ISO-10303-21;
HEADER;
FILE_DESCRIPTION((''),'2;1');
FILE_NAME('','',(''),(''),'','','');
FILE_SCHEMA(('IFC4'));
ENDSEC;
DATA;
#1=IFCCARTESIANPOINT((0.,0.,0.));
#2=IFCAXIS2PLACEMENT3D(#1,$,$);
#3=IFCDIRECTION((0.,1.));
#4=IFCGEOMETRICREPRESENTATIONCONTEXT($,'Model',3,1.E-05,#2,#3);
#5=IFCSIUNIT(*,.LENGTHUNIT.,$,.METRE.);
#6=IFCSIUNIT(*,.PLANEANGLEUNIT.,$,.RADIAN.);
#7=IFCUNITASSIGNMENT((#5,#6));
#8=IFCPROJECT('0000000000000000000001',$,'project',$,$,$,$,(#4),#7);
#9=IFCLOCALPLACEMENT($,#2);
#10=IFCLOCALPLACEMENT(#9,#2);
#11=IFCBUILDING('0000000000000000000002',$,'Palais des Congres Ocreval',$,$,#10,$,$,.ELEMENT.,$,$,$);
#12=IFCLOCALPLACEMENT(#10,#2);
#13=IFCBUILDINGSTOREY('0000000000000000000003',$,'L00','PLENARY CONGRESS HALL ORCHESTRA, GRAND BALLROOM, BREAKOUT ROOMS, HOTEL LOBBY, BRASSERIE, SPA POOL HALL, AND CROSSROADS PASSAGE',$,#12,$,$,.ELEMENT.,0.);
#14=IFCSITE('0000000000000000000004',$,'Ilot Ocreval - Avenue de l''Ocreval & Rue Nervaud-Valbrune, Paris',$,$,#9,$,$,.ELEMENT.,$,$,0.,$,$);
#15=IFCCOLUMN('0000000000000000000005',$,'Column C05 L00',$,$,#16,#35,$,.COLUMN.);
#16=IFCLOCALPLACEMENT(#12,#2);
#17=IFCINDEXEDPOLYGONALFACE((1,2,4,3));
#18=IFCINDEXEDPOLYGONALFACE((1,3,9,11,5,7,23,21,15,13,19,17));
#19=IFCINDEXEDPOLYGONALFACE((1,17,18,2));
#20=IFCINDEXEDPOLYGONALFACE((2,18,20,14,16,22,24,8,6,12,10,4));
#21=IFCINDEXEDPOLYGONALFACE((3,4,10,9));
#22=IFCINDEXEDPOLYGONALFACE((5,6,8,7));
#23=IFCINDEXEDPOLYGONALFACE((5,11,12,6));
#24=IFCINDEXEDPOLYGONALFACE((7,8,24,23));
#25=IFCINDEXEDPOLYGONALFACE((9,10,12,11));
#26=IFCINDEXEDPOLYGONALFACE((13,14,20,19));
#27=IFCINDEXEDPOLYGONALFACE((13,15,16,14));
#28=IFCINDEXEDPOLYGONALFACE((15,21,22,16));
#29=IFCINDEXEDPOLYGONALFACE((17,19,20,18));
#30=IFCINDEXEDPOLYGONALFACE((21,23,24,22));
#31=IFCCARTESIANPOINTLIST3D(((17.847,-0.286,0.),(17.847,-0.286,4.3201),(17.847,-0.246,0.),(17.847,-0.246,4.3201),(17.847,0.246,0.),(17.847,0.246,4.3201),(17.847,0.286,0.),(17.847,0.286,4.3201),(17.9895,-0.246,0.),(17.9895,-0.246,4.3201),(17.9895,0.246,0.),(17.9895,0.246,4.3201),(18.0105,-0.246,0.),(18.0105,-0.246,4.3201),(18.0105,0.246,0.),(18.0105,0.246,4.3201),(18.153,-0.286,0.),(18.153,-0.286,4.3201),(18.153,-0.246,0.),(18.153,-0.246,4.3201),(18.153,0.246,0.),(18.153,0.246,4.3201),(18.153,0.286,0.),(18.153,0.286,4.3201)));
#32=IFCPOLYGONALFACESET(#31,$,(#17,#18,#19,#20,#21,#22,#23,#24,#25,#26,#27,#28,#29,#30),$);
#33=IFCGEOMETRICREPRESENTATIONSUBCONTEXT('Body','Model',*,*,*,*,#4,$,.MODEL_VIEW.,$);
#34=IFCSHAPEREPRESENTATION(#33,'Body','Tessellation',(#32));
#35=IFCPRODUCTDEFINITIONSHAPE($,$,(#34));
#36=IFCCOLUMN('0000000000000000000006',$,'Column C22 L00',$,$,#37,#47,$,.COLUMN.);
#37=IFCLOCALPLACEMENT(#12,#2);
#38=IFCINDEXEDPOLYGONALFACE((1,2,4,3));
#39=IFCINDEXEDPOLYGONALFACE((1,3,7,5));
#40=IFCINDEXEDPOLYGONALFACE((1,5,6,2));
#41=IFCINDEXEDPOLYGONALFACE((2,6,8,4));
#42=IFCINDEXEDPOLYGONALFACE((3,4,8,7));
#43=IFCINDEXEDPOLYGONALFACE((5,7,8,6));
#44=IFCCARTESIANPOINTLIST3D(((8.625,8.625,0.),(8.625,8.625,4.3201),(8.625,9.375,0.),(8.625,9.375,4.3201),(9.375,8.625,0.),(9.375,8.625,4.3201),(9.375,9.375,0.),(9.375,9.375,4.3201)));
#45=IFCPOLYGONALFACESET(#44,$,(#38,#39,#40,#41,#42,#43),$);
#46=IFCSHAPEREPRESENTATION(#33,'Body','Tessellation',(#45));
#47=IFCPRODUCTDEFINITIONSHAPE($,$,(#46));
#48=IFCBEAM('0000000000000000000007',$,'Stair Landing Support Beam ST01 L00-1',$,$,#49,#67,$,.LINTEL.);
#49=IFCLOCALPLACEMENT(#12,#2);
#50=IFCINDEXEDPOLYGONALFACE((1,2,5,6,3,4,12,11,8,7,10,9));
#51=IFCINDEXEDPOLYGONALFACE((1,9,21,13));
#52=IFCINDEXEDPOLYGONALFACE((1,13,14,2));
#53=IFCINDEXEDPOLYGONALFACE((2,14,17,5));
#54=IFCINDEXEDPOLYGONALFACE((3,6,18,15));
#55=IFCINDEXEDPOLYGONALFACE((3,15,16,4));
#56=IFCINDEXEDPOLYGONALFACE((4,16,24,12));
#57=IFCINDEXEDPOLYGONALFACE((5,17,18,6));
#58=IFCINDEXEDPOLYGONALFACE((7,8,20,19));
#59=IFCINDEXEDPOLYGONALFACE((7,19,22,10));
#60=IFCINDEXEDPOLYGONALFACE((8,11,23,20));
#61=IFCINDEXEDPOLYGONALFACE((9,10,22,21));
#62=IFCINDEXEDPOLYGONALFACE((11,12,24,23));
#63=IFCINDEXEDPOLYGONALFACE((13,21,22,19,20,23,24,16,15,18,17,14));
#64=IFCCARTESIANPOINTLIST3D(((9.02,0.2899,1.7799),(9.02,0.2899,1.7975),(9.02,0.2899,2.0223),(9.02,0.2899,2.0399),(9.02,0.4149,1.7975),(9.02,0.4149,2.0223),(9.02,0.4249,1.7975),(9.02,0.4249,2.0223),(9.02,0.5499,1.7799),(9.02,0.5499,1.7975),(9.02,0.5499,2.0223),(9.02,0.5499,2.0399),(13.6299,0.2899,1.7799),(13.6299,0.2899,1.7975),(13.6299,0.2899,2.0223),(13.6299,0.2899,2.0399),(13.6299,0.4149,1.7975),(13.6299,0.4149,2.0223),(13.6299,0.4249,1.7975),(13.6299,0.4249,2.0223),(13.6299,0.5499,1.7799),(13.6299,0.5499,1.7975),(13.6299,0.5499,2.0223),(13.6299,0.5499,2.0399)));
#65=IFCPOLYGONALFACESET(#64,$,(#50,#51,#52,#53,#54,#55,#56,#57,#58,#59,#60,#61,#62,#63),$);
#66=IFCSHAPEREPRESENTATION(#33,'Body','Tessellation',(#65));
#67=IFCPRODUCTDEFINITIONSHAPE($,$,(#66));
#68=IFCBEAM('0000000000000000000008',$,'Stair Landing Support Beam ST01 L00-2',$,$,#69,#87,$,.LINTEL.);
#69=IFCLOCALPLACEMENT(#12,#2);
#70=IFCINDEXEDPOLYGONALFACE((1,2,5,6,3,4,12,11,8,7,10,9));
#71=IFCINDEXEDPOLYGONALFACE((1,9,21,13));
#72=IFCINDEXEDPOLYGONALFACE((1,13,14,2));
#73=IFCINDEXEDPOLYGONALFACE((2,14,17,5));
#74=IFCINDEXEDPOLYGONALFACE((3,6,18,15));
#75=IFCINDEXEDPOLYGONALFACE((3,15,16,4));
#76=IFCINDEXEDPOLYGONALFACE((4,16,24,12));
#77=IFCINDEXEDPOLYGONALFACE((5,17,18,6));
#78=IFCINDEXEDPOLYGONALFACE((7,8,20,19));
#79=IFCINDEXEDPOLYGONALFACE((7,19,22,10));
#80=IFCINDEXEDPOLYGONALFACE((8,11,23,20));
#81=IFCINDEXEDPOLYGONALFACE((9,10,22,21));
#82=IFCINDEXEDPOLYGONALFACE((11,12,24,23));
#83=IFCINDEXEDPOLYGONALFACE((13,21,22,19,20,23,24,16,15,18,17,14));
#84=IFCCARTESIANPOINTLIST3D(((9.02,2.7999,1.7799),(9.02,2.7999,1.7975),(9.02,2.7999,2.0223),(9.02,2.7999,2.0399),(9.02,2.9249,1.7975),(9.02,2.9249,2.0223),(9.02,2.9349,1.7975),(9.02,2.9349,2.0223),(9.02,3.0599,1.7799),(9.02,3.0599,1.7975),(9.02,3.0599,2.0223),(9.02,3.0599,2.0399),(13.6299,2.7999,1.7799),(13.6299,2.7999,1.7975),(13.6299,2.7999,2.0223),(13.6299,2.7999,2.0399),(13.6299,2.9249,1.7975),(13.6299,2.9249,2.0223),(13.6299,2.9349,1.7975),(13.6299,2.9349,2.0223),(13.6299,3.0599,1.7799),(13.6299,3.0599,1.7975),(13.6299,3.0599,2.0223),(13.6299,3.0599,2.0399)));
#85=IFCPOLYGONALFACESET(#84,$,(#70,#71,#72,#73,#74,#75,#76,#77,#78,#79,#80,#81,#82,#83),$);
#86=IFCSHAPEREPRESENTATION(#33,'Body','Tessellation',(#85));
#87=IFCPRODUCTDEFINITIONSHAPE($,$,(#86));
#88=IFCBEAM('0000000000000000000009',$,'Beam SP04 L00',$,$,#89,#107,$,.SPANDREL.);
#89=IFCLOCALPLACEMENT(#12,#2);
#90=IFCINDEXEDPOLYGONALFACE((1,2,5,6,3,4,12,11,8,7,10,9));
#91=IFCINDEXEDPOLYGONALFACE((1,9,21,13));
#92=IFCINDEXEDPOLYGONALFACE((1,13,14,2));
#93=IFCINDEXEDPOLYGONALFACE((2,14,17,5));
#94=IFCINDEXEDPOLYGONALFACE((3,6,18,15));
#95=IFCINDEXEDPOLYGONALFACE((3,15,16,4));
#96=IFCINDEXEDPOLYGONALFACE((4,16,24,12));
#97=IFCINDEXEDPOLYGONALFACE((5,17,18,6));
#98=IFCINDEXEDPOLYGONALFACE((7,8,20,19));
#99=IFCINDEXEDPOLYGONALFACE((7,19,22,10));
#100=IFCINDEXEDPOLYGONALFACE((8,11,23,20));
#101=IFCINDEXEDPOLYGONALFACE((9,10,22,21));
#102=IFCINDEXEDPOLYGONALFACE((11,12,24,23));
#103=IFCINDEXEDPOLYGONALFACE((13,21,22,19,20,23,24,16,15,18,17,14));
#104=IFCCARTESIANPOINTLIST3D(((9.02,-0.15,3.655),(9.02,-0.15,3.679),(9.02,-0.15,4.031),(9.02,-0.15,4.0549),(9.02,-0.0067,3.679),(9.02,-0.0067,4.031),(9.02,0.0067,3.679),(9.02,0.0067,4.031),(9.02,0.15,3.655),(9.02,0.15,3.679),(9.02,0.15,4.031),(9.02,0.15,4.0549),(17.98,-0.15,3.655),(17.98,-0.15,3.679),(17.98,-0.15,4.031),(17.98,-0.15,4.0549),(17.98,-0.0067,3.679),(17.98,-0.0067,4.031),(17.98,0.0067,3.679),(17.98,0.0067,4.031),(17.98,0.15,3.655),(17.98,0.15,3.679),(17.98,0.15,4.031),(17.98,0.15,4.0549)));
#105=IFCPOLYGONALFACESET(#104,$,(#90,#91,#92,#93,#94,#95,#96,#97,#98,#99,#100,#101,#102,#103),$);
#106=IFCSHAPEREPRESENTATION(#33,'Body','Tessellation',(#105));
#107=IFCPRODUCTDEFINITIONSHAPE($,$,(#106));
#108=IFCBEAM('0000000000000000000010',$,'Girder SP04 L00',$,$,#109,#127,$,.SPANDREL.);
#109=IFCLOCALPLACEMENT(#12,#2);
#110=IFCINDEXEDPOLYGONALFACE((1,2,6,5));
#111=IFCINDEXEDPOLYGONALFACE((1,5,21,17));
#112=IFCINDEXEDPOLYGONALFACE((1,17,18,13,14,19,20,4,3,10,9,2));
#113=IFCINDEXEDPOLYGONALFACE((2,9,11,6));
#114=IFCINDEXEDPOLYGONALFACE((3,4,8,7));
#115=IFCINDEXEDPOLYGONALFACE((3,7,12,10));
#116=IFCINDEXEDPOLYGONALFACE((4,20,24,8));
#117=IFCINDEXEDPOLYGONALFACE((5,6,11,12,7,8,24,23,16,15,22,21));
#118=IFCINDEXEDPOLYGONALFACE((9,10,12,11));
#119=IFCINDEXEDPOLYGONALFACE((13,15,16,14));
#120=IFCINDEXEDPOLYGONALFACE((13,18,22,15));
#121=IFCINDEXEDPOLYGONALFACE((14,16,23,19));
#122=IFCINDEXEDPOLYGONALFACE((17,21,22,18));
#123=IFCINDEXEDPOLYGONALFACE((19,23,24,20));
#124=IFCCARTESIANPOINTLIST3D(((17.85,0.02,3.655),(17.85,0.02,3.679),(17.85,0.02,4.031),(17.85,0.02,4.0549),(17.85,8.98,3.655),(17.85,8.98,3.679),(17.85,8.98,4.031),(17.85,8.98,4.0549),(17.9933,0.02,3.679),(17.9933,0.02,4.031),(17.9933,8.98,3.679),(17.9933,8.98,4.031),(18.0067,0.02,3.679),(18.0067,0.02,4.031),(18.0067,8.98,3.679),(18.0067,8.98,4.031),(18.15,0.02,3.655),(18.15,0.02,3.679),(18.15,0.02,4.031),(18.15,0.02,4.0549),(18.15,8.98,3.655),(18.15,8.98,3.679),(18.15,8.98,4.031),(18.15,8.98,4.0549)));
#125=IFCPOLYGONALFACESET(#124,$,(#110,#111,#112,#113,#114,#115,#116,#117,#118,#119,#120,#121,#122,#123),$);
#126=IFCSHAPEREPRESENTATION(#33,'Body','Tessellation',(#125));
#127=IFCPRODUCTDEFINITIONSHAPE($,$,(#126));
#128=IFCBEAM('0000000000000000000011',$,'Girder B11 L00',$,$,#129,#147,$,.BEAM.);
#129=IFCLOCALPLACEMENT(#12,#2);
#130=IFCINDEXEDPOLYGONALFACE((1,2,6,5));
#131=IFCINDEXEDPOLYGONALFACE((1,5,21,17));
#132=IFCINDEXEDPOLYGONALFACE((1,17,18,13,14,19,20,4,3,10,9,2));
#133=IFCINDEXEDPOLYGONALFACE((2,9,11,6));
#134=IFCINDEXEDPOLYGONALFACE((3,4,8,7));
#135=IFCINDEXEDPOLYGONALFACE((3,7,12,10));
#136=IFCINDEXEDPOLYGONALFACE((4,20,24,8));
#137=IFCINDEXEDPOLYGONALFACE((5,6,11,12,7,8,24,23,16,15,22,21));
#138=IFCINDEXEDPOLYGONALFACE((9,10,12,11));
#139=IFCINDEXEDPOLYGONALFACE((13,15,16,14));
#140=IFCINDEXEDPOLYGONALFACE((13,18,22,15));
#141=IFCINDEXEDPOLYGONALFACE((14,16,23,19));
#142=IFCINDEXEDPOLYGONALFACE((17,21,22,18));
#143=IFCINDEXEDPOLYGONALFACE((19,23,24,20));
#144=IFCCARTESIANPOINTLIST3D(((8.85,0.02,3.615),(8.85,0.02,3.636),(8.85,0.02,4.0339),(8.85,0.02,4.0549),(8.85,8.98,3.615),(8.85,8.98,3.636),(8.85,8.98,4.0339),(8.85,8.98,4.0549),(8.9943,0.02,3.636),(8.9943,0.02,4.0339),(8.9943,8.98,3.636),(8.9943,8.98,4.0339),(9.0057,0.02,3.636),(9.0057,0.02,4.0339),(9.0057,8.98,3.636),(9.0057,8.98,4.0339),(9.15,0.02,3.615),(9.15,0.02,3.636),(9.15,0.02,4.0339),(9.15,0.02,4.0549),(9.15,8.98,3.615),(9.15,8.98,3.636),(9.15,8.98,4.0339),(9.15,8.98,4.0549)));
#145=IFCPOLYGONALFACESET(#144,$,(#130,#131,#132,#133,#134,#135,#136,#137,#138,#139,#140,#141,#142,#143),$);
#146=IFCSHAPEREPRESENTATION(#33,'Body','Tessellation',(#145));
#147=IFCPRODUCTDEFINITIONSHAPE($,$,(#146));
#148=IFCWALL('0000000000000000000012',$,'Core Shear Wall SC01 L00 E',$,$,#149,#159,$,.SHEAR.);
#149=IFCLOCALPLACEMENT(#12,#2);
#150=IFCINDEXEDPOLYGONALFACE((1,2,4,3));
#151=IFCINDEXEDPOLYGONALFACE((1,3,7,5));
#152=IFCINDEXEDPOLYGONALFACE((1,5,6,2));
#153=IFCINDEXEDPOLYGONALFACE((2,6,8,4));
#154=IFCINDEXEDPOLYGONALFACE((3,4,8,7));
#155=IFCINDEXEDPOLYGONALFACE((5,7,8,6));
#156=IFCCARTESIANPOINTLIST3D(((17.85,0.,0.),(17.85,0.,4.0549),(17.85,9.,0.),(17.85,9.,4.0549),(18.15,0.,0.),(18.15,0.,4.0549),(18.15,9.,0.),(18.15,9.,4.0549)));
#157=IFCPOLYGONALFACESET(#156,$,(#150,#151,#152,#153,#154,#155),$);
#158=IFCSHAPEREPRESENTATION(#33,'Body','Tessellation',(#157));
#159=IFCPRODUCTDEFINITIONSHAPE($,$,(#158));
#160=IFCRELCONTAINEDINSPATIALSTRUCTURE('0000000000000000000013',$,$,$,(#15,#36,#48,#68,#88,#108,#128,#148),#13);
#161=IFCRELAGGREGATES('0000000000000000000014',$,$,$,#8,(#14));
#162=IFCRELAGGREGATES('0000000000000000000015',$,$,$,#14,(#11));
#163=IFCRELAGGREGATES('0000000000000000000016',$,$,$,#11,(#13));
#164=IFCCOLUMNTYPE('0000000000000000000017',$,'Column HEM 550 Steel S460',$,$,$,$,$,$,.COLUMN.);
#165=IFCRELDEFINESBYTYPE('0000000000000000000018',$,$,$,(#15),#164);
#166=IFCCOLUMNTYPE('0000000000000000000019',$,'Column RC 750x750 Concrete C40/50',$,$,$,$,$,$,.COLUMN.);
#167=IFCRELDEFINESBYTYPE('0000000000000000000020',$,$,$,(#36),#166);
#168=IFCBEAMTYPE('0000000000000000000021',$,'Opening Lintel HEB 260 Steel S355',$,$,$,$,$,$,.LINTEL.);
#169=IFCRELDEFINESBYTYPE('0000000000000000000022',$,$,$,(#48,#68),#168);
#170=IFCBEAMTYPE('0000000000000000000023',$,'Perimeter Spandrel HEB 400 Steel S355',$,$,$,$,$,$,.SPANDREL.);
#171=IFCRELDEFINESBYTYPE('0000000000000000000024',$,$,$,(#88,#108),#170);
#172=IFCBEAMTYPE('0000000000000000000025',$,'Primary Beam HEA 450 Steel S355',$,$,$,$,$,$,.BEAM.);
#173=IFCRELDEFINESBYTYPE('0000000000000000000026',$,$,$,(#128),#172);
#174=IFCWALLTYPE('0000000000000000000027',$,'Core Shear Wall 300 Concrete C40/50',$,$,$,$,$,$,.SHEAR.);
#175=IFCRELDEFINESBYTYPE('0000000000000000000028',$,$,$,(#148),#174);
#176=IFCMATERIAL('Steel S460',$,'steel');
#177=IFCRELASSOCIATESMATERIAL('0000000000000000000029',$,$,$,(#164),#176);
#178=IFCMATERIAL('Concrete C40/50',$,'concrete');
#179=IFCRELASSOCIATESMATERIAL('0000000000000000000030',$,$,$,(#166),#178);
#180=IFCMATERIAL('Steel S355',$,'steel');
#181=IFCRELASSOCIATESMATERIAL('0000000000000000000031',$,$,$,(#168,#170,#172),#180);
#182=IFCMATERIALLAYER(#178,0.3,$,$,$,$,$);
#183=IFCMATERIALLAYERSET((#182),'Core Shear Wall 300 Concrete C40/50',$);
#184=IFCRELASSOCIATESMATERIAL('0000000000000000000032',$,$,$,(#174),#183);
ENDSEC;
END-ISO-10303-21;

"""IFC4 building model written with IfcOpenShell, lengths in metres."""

from ifc_helpers import new_model, si_unit, direction, frame, frame_2d, origin, origin_2d, place, context, subcontext, project, spatial, rectangle, i_section, extrude, material, layer, layer_set, material_profile, profile_set, type_object, element, save


model = new_model("IFC4")

# Units and contexts
model_context = context("Model", 3, precision=1e-05, world=origin(), true_north=direction((0.0, 1.0)))
body_context = subcontext(model_context, "Body", "Model", "MODEL_VIEW")
ifc_project = project(units=[si_unit("LENGTHUNIT", "METRE"), si_unit("PLANEANGLEUNIT", "RADIAN")], contexts=[model_context])

# Site, building, storey
site_placement = place(None, origin())
site = spatial("IfcSite", under=ifc_project, at=site_placement, Name="Ilot Ocreval - Avenue de l'Ocreval & Rue Nervaud-Valbrune, Paris", CompositionType="ELEMENT", RefElevation=0.0)
building_placement = place(site_placement, origin())
building = spatial("IfcBuilding", under=site, at=building_placement, Name="Palais des Congres Ocreval", CompositionType="ELEMENT")
storey_placement = place(building_placement, origin())
storey = spatial("IfcBuildingStorey", under=building, at=storey_placement, Name="L00", Description="PLENARY CONGRESS HALL ORCHESTRA, GRAND BALLROOM, BREAKOUT ROOMS, HOTEL LOBBY, BRASSERIE, SPA POOL HALL, AND CROSSROADS PASSAGE", CompositionType="ELEMENT", Elevation=0.0)

# Columns
ifc_material_1 = material(Name="Steel S460", Category="steel")
ifc_material_profile_1 = material_profile(ifc_material_1, i_section(OverallWidth=0.3059, OverallDepth=0.572, WebThickness=0.021, FlangeThickness=0.04, at=origin_2d()), Name="HEM 550")
ifc_profile_set_1 = profile_set([ifc_material_profile_1], Name="Steel S460")
column_type_1 = type_object("IfcColumnType", Name="Column HEM 550 Steel S460", PredefinedType="COLUMN", material=ifc_profile_set_1)
column_1_placement = place(storey_placement, frame((18.0, 0.0, 0.0), z_axis=(0.0, 0.0, 1.0), x_axis=(1.0, 0.0, 0.0)))
element("IfcColumn", 1, at=column_1_placement, inside=storey, type_object=column_type_1, Name="Column C05 L00", PredefinedType="COLUMN", context=body_context, shape_type="SweptSolid", body=[
    extrude(i_section(OverallWidth=0.3059, OverallDepth=0.572, WebThickness=0.021, FlangeThickness=0.04, at=origin_2d()), origin(), (0.0, 0.0, 1.0), 4.3201),
])
ifc_material_2 = material(Name="Concrete C40/50", Category="concrete")
ifc_material_profile_2 = material_profile(ifc_material_2, rectangle(XDim=0.75, YDim=0.75, at=origin_2d()), Name="RC 750x750")
ifc_profile_set_2 = profile_set([ifc_material_profile_2], Name="Concrete C40/50")
column_type_2 = type_object("IfcColumnType", Name="Column RC 750x750 Concrete C40/50", PredefinedType="COLUMN", material=ifc_profile_set_2)
column_2_placement = place(storey_placement, frame((9.0, 9.0, 0.0), z_axis=(0.0, 0.0, 1.0), x_axis=(1.0, 0.0, 0.0)))
element("IfcColumn", 2, at=column_2_placement, inside=storey, type_object=column_type_2, Name="Column C22 L00", PredefinedType="COLUMN", context=body_context, shape_type="SweptSolid", body=[
    extrude(rectangle(XDim=0.75, YDim=0.75, at=origin_2d()), origin(), (0.0, 0.0, 1.0), 4.3201),
])

# Beams
ifc_material_3 = material(Name="Steel S355", Category="steel")
ifc_material_profile_3 = material_profile(ifc_material_3, i_section(OverallWidth=0.26, OverallDepth=0.26, WebThickness=0.01, FlangeThickness=0.0176, at=origin_2d()), Name="HEB 260")
ifc_profile_set_3 = profile_set([ifc_material_profile_3], Name="Steel S355")
beam_type_1 = type_object("IfcBeamType", Name="Opening Lintel HEB 260 Steel S355", PredefinedType="LINTEL", material=ifc_profile_set_3)
for number, where, z_axis, x_axis, name in (
    (3, (9.02, 0.4199, 1.9099), (1.0, 0.0, 0.0), (0.0, 1.0, 0.0), "Stair Landing Support Beam ST01 L00-1"),
    (4, (9.02, 2.9299, 1.9099), (1.0, 0.0, 0.0), (0.0, 1.0, 0.0), "Stair Landing Support Beam ST01 L00-2"),
):
    element("IfcBeam", number, at=place(storey_placement, frame(where, z_axis=z_axis, x_axis=x_axis)), inside=storey, type_object=beam_type_1, Name=name, PredefinedType="LINTEL", context=body_context, shape_type="SweptSolid", body=[
        extrude(i_section(OverallWidth=0.26, OverallDepth=0.26, WebThickness=0.01, FlangeThickness=0.0176, at=origin_2d()), origin(), (0.0, 0.0, 1.0), 4.6099),
    ])
ifc_material_profile_4 = material_profile(ifc_material_3, i_section(OverallWidth=0.3, OverallDepth=0.3999, WebThickness=0.0134, FlangeThickness=0.0239, at=origin_2d()), Name="HEB 400")
ifc_profile_set_4 = profile_set([ifc_material_profile_4], Name="Steel S355")
beam_type_2 = type_object("IfcBeamType", Name="Perimeter Spandrel HEB 400 Steel S355", PredefinedType="SPANDREL", material=ifc_profile_set_4)
for number, where, z_axis, x_axis, name in (
    (5, (9.02, 0.0, 3.855), (1.0, 0.0, 0.0), (0.0, 1.0, 0.0), "Beam SP04 L00"),
    (6, (18.0, 0.02, 3.855), (0.0, 1.0, 0.0), (-1.0, 0.0, 0.0), "Girder SP04 L00"),
):
    element("IfcBeam", number, at=place(storey_placement, frame(where, z_axis=z_axis, x_axis=x_axis)), inside=storey, type_object=beam_type_2, Name=name, PredefinedType="SPANDREL", context=body_context, shape_type="SweptSolid", body=[
        extrude(i_section(OverallWidth=0.3, OverallDepth=0.3999, WebThickness=0.0134, FlangeThickness=0.0239, at=origin_2d()), origin(), (0.0, 0.0, 1.0), 8.96),
    ])
ifc_material_profile_5 = material_profile(ifc_material_3, i_section(OverallWidth=0.3, OverallDepth=0.4399, WebThickness=0.0115, FlangeThickness=0.021, at=origin_2d()), Name="HEA 450")
ifc_profile_set_5 = profile_set([ifc_material_profile_5], Name="Steel S355")
beam_type_3 = type_object("IfcBeamType", Name="Primary Beam HEA 450 Steel S355", PredefinedType="BEAM", material=ifc_profile_set_5)
beam_placement = place(storey_placement, frame((9.0, 0.02, 3.835), z_axis=(0.0, 1.0, 0.0), x_axis=(-1.0, 0.0, 0.0)))
element("IfcBeam", 7, at=beam_placement, inside=storey, type_object=beam_type_3, Name="Girder B11 L00", PredefinedType="BEAM", context=body_context, shape_type="SweptSolid", body=[
    extrude(i_section(OverallWidth=0.3, OverallDepth=0.4399, WebThickness=0.0115, FlangeThickness=0.021, at=origin_2d()), origin(), (0.0, 0.0, 1.0), 8.96),
])

# Wall
ifc_layer_1 = layer(ifc_material_2, 0.3)
ifc_layer_set_1 = layer_set([ifc_layer_1], Name="Core Shear Wall 300 Concrete C40/50")
wall_type_1 = type_object("IfcWallType", Name="Core Shear Wall 300 Concrete C40/50", PredefinedType="SHEAR", material=ifc_layer_set_1)
wall_1_placement = place(storey_placement, frame((18.0, 0.0, 0.0), z_axis=(0.0, 0.0, 1.0), x_axis=(0.0, 1.0, 0.0)))
element("IfcWall", 8, at=wall_1_placement, inside=storey, type_object=wall_type_1, Name="Core Shear Wall SC01 L00 E", PredefinedType="SHEAR", context=body_context, shape_type="SweptSolid", body=[
    extrude(rectangle(XDim=9.0, YDim=0.3, at=frame_2d((4.5, 0.0))), origin(), (0.0, 0.0, 1.0), 4.0549),
])

save(model, "model.ifc")
